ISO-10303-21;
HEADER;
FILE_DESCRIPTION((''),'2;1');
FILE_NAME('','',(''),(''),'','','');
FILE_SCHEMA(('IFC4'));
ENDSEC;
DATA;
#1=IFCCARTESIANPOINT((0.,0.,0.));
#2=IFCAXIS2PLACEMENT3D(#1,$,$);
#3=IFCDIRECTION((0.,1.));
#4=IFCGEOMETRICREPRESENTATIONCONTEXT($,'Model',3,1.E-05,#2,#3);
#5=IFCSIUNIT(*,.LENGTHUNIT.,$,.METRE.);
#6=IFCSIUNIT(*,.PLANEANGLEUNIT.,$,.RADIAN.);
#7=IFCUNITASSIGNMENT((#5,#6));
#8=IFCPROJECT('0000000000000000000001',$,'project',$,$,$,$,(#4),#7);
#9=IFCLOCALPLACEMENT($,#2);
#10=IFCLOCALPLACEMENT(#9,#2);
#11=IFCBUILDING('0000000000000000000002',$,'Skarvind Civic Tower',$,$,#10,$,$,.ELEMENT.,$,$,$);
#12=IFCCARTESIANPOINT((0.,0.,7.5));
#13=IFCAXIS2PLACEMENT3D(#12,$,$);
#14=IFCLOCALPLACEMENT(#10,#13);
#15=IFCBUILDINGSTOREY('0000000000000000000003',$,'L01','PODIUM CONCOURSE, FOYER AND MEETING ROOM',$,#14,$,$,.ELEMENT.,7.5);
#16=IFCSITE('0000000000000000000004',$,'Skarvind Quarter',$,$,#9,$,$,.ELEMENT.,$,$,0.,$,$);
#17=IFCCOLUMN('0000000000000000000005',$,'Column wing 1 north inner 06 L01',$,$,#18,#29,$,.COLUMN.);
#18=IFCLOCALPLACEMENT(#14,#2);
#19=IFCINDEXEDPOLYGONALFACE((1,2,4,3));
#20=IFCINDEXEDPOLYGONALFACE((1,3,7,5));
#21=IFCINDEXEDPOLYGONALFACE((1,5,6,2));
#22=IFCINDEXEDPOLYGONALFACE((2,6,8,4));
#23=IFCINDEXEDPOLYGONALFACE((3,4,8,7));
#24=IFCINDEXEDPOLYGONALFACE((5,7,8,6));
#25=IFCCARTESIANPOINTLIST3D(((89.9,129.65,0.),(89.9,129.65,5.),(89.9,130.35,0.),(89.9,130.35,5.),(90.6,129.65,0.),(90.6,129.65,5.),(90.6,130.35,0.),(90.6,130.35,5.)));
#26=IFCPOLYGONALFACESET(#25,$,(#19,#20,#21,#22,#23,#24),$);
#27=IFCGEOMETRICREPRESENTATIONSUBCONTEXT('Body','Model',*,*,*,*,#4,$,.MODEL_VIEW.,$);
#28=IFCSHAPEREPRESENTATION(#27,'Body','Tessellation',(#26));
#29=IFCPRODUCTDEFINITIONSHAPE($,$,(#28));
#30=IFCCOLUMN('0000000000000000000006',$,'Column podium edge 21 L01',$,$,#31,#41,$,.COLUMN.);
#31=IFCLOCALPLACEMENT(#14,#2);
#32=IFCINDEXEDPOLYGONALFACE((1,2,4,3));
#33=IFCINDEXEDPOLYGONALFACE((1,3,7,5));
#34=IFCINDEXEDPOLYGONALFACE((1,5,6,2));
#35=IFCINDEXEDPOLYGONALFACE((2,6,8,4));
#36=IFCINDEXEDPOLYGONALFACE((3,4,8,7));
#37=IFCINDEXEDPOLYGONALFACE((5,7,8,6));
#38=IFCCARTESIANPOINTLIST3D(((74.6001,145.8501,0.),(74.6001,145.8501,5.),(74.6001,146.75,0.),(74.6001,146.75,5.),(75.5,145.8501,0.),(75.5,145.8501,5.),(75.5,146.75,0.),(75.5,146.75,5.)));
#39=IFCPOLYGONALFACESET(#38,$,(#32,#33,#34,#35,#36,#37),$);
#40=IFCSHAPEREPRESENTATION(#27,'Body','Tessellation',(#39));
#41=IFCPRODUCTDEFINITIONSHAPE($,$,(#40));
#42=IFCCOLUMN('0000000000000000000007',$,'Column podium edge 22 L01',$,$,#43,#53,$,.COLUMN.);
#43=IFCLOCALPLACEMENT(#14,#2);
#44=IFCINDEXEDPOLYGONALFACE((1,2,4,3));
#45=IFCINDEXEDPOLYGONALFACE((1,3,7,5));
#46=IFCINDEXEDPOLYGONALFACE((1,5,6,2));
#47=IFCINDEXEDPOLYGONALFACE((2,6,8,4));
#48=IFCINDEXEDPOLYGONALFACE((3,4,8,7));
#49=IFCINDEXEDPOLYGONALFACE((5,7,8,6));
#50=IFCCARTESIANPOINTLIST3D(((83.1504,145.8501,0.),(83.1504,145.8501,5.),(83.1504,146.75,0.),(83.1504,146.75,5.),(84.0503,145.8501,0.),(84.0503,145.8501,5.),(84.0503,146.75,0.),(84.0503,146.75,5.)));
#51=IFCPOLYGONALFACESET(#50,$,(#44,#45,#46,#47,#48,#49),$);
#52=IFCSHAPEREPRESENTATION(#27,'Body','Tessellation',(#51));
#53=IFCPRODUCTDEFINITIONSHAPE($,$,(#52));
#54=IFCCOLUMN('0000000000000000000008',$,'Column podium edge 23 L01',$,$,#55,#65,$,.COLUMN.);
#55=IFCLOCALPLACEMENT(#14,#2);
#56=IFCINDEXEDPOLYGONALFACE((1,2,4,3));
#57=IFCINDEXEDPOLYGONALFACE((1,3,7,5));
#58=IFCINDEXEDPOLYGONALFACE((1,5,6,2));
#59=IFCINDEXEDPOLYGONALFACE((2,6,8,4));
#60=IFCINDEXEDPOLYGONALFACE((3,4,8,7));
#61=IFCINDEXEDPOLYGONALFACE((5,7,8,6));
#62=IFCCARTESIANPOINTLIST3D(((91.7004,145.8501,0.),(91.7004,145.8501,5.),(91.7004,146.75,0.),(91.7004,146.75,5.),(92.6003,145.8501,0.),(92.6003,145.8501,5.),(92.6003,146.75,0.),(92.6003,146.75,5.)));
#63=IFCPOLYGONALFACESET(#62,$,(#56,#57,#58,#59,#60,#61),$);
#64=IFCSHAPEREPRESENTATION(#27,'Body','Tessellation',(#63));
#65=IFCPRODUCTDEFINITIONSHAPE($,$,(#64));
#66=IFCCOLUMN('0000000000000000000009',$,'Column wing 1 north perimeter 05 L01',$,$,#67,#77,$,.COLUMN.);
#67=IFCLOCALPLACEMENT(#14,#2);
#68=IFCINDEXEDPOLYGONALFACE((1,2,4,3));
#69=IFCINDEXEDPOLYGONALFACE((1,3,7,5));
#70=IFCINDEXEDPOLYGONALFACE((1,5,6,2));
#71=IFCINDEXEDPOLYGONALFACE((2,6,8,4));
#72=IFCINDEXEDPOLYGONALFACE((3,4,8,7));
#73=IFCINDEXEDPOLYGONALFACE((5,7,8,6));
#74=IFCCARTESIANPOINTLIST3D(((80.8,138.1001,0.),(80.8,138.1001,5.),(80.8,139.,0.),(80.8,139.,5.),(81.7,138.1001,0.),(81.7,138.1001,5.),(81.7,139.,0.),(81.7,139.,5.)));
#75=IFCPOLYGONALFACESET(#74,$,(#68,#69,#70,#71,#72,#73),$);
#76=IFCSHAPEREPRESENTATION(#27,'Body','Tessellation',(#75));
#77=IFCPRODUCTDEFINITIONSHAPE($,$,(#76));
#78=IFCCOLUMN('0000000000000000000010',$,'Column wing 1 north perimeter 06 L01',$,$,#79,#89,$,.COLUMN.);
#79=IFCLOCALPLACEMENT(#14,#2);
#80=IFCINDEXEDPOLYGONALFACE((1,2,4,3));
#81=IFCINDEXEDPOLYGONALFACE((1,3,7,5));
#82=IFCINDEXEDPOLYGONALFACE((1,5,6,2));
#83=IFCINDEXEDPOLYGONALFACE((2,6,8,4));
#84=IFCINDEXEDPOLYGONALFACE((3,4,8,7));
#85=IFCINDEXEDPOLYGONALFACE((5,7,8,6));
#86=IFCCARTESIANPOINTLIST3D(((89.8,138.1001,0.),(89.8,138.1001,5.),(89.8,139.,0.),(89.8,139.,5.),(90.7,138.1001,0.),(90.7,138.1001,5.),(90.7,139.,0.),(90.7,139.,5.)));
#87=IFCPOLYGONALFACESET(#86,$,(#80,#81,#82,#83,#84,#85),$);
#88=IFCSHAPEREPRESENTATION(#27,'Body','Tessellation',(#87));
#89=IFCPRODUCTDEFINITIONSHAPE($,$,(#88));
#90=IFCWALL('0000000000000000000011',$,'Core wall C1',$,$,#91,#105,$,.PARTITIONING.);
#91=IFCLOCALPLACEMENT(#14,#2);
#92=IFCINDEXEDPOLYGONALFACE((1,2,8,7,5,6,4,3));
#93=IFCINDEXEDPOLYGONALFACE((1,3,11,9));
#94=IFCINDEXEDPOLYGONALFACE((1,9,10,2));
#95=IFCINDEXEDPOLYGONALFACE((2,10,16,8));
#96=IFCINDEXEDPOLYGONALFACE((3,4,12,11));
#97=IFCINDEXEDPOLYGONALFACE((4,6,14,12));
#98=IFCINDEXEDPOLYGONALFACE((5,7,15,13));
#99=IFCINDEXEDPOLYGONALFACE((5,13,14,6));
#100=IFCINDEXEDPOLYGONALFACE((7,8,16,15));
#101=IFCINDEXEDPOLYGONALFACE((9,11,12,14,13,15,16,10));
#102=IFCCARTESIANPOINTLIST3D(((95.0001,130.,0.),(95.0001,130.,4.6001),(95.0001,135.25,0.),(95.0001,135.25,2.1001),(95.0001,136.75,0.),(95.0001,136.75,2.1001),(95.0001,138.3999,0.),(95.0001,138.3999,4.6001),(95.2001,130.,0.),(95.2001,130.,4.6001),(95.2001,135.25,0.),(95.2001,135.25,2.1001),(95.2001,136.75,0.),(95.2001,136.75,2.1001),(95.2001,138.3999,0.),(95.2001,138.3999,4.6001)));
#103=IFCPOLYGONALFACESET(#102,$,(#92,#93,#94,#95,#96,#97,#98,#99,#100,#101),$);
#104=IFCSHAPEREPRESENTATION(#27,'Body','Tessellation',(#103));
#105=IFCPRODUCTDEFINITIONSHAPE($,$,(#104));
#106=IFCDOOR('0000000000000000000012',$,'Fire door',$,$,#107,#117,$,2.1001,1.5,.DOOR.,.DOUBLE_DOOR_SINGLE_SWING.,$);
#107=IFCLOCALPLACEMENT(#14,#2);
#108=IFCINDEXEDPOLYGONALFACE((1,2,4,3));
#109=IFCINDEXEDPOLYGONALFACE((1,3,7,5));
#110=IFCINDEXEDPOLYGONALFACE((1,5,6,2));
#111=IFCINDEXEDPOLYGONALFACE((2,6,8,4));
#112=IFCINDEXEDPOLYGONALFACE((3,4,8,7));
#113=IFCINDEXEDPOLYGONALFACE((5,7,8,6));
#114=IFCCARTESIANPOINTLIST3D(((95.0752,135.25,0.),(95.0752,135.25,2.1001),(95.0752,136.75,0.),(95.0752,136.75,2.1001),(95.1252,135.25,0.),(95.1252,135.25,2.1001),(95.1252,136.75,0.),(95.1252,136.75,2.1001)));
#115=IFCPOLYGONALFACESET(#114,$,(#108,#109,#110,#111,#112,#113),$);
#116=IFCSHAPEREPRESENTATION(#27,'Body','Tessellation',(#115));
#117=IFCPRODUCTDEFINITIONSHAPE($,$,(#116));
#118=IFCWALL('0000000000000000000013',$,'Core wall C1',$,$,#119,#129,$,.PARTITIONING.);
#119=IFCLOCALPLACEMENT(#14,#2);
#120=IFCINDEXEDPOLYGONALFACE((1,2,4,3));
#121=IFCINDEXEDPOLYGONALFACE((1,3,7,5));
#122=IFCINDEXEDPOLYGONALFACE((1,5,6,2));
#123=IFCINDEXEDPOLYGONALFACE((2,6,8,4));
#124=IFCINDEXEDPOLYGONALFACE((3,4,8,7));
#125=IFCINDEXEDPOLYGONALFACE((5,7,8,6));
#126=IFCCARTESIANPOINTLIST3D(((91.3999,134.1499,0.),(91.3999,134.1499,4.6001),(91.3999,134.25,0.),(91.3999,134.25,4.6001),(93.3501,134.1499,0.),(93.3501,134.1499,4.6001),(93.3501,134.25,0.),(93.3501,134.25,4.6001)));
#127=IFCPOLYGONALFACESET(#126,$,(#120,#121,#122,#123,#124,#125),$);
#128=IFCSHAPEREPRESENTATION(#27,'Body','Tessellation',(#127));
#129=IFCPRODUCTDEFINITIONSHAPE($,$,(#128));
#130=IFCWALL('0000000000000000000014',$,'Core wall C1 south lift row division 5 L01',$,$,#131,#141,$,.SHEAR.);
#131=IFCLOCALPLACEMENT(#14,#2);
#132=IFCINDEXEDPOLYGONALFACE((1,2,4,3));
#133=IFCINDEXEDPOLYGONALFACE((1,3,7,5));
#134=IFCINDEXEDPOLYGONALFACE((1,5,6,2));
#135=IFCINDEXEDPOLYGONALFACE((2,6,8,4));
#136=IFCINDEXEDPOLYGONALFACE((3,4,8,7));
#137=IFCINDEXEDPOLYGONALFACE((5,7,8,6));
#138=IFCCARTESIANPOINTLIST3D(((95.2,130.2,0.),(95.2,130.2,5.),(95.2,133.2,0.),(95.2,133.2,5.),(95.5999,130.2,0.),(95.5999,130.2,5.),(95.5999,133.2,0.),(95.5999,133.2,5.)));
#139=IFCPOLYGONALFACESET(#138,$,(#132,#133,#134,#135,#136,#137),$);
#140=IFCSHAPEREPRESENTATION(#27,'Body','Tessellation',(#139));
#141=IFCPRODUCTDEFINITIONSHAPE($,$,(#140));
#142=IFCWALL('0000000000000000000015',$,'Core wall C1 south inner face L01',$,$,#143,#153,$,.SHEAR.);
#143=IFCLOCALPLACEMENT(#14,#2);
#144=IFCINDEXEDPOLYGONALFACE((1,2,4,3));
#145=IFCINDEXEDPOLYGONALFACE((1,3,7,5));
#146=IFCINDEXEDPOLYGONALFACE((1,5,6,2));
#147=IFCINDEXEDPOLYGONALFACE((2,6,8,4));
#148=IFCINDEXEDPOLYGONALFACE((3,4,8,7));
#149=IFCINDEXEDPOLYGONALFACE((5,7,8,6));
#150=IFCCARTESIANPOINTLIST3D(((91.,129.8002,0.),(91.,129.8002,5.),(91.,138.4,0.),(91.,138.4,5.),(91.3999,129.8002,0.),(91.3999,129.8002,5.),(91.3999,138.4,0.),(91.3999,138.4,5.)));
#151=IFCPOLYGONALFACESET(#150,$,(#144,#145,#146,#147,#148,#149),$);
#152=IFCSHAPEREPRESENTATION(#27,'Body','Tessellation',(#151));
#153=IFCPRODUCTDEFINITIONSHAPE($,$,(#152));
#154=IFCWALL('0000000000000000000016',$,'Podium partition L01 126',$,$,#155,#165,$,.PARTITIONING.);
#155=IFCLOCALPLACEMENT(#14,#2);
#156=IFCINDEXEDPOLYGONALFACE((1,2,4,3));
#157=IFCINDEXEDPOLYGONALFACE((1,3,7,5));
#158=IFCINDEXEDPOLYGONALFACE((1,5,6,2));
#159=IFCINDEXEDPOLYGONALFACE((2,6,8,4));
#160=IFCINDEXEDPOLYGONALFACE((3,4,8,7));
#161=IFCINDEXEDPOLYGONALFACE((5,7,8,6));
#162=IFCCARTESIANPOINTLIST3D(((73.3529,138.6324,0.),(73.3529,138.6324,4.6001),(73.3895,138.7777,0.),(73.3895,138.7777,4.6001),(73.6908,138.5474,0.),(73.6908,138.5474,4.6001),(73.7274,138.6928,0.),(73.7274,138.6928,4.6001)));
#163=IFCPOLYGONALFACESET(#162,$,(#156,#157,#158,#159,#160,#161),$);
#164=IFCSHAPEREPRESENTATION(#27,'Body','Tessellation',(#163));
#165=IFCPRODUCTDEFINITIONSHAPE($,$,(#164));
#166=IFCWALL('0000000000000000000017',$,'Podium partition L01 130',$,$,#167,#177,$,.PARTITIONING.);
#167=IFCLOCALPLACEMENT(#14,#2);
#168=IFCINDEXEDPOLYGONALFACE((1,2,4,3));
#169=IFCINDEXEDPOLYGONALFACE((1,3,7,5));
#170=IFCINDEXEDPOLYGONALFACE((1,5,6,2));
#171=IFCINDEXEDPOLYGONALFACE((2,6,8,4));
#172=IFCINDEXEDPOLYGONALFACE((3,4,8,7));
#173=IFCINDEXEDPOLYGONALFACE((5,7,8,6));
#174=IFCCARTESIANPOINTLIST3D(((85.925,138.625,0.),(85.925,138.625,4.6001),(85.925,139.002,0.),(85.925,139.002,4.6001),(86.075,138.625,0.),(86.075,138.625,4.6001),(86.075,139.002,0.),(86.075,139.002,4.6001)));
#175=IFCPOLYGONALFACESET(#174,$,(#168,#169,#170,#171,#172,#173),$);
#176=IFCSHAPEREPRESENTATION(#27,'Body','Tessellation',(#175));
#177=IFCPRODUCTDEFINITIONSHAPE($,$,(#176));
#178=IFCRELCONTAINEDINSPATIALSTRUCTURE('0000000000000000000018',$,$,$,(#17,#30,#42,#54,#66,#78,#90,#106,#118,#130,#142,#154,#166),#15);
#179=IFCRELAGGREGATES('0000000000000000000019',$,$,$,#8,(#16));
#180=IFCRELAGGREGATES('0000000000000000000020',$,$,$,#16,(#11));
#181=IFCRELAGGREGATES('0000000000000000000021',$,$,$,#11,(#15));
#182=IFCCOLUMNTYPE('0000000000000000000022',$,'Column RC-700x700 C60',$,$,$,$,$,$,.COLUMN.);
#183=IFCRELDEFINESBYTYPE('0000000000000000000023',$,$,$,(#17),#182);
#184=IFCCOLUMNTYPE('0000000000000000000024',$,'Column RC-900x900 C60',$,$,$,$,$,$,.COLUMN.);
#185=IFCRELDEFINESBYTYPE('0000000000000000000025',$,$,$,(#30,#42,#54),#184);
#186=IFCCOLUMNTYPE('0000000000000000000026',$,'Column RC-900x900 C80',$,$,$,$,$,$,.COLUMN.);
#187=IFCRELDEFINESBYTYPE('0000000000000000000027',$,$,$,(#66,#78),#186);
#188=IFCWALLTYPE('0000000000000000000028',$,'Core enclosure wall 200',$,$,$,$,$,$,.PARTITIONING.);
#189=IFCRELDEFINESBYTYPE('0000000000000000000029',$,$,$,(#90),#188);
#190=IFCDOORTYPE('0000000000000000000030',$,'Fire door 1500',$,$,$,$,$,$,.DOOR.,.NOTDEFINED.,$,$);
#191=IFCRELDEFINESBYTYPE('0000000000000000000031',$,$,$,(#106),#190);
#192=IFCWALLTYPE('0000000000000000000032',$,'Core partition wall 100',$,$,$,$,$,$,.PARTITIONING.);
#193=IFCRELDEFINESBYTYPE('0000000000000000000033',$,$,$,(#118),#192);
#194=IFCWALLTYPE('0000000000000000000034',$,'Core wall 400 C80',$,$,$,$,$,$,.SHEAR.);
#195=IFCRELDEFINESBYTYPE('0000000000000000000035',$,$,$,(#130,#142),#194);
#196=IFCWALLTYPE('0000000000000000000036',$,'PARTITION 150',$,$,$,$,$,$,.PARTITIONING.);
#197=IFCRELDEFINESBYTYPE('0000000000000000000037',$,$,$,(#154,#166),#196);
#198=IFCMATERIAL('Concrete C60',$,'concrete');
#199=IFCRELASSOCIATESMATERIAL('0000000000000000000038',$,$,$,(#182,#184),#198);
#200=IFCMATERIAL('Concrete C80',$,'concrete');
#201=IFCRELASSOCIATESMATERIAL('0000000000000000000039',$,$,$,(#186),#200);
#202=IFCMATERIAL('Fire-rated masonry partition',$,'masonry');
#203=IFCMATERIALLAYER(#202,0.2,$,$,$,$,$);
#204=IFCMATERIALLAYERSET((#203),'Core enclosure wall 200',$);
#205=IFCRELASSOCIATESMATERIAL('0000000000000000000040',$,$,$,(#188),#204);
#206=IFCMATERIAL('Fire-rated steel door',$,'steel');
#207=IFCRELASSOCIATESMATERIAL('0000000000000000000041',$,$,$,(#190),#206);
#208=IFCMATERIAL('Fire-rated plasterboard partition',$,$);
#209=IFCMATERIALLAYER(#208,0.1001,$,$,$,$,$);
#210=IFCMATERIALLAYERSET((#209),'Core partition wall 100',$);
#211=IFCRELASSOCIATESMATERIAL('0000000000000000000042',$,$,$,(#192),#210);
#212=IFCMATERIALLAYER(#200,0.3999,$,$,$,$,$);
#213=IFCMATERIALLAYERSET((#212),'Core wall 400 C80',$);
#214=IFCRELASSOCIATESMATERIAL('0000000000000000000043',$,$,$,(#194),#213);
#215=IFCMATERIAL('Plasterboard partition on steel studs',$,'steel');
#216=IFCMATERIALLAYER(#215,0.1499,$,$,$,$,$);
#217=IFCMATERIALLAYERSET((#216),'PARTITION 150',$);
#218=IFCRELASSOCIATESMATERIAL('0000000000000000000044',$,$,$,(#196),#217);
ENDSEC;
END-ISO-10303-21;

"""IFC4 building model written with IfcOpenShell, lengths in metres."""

from ifc_helpers import new_model, si_unit, direction, frame, frame_2d, origin, origin_2d, place, context, subcontext, project, spatial, rectangle, extrude, material, layer, layer_set, material_profile, profile_set, type_object, element, fill, save


model = new_model("IFC4")

# Units and contexts
model_context = context("Model", 3, precision=1e-05, world=origin(), true_north=direction((0.0, 1.0)))
body_context = subcontext(model_context, "Body", "Model", "MODEL_VIEW")
ifc_project = project(units=[si_unit("LENGTHUNIT", "METRE"), si_unit("PLANEANGLEUNIT", "RADIAN")], contexts=[model_context])

# Site, building, storey
site_placement = place(None, origin())
site = spatial("IfcSite", under=ifc_project, at=site_placement, Name="Skarvind Quarter", CompositionType="ELEMENT", RefElevation=0.0)
building_placement = place(site_placement, origin())
building = spatial("IfcBuilding", under=site, at=building_placement, Name="Skarvind Civic Tower", CompositionType="ELEMENT")
storey_placement = place(building_placement, frame((0.0, 0.0, 7.5)))
storey = spatial("IfcBuildingStorey", under=building, at=storey_placement, Name="L01", Description="PODIUM CONCOURSE, FOYER AND MEETING ROOM", CompositionType="ELEMENT", Elevation=7.5)

# Columns
ifc_material_1 = material(Name="Concrete C60", Category="concrete")
ifc_material_profile_1 = material_profile(ifc_material_1, rectangle(XDim=0.7, YDim=0.7, at=origin_2d()), Name="RC-700x700")
ifc_profile_set_1 = profile_set([ifc_material_profile_1], Name="Concrete C60")
column_type_1 = type_object("IfcColumnType", Name="Column RC-700x700 C60", PredefinedType="COLUMN", material=ifc_profile_set_1)
column_placement = place(storey_placement, frame((90.25, 130.0, 0.0), z_axis=(0.0, 0.0, 1.0), x_axis=(1.0, 0.0, 0.0)))
element("IfcColumn", 1, at=column_placement, inside=storey, type_object=column_type_1, Name="Column wing 1 north inner 06 L01", PredefinedType="COLUMN", context=body_context, shape_type="SweptSolid", body=[
    extrude(rectangle(XDim=0.7, YDim=0.7, at=origin_2d()), origin(), (0.0, 0.0, 1.0), 5.0),
])
ifc_material_profile_2 = material_profile(ifc_material_1, rectangle(XDim=0.8999, YDim=0.8999, at=origin_2d()), Name="RC-900x900")
ifc_profile_set_2 = profile_set([ifc_material_profile_2], Name="Concrete C60")
column_type_2 = type_object("IfcColumnType", Name="Column RC-900x900 C60", PredefinedType="COLUMN", material=ifc_profile_set_2)
for number, where, z_axis, x_axis, name in (
    (2, (75.05, 146.3, 0.0), (0.0, 0.0, 1.0), (1.0, 0.0, 0.0), "Column podium edge 21 L01"),
    (3, (83.6003, 146.3, 0.0), (0.0, 0.0, 1.0), (1.0, 0.0, 0.0), "Column podium edge 22 L01"),
    (4, (92.1504, 146.3, 0.0), (0.0, 0.0, 1.0), (1.0, 0.0, 0.0), "Column podium edge 23 L01"),
):
    element("IfcColumn", number, at=place(storey_placement, frame(where, z_axis=z_axis, x_axis=x_axis)), inside=storey, type_object=column_type_2, Name=name, PredefinedType="COLUMN", context=body_context, shape_type="SweptSolid", body=[
        extrude(rectangle(XDim=0.8999, YDim=0.8999, at=origin_2d()), origin(), (0.0, 0.0, 1.0), 5.0),
    ])
ifc_material_2 = material(Name="Concrete C80", Category="concrete")
ifc_material_profile_3 = material_profile(ifc_material_2, rectangle(XDim=0.8999, YDim=0.8999, at=origin_2d()), Name="RC-900x900")
ifc_profile_set_3 = profile_set([ifc_material_profile_3], Name="Concrete C80")
column_type_3 = type_object("IfcColumnType", Name="Column RC-900x900 C80", PredefinedType="COLUMN", material=ifc_profile_set_3)
for number, where, z_axis, x_axis, name in (
    (5, (81.25, 138.55, 0.0), (0.0, 0.0, 1.0), (1.0, 0.0, 0.0), "Column wing 1 north perimeter 05 L01"),
    (6, (90.25, 138.55, 0.0), (0.0, 0.0, 1.0), (1.0, 0.0, 0.0), "Column wing 1 north perimeter 06 L01"),
):
    element("IfcColumn", number, at=place(storey_placement, frame(where, z_axis=z_axis, x_axis=x_axis)), inside=storey, type_object=column_type_3, Name=name, PredefinedType="COLUMN", context=body_context, shape_type="SweptSolid", body=[
        extrude(rectangle(XDim=0.8999, YDim=0.8999, at=origin_2d()), origin(), (0.0, 0.0, 1.0), 5.0),
    ])

# Wall, opening, door
ifc_material_3 = material(Name="Fire-rated masonry partition", Category="masonry")
ifc_layer_1 = layer(ifc_material_3, 0.2)
ifc_layer_set_1 = layer_set([ifc_layer_1], Name="Core enclosure wall 200")
wall_type_1 = type_object("IfcWallType", Name="Core enclosure wall 200", PredefinedType="PARTITIONING", material=ifc_layer_set_1)
wall_1_placement = place(storey_placement, frame((95.1001, 130.0, 0.0), z_axis=(0.0, 0.0, 1.0), x_axis=(0.0, 1.0, 0.0)))
wall_1 = element("IfcWall", 7, at=wall_1_placement, inside=storey, type_object=wall_type_1, Name="Core wall C1", PredefinedType="PARTITIONING", context=body_context, shape_type="SweptSolid", body=[
    extrude(rectangle(XDim=8.3999, YDim=0.2, at=frame_2d((4.2, 0.0))), origin(), (0.0, 0.0, 1.0), 4.6001),
])
opening_1_placement = place(wall_1_placement, frame((5.25, 0.0, 0.0)))
opening_1 = element("IfcOpeningElement", 8, at=opening_1_placement, cuts=wall_1, PredefinedType="OPENING", context=body_context, shape_type="SweptSolid", body=[
    extrude(rectangle(XDim=1.5, YDim=2.1001, at=frame_2d((0.75, 1.05))), frame((0.0, 0.1099, 0.0), z_axis=(0.0, -1.0, 0.0), x_axis=(1.0, 0.0, 0.0)), (0.0, 0.0, 1.0), 0.22),
])
ifc_material_4 = material(Name="Fire-rated steel door", Category="steel")
door_type_1 = type_object("IfcDoorType", Name="Fire door 1500", OperationType="NOTDEFINED", PredefinedType="DOOR", material=ifc_material_4)
door_1_placement = place(opening_1_placement, origin())
door_1 = element("IfcDoor", 9, at=door_1_placement, inside=storey, type_object=door_type_1, Name="Fire door", OperationType="DOUBLE_DOOR_SINGLE_SWING", OverallHeight=2.1001, OverallWidth=1.5, PredefinedType="DOOR", context=body_context, shape_type="SweptSolid", body=[
    extrude(rectangle(XDim=1.5, YDim=2.1001, at=frame_2d((0.75, 1.05))), frame((0.0, 0.0249, 0.0), z_axis=(0.0, -1.0, 0.0), x_axis=(1.0, 0.0, 0.0)), (0.0, 0.0, 1.0), 0.05),
])
fill(opening_1, door_1)

# Walls
ifc_material_5 = material(Name="Fire-rated plasterboard partition")
ifc_layer_2 = layer(ifc_material_5, 0.1001)
ifc_layer_set_2 = layer_set([ifc_layer_2], Name="Core partition wall 100")
wall_type_2 = type_object("IfcWallType", Name="Core partition wall 100", PredefinedType="PARTITIONING", material=ifc_layer_set_2)
wall_2_placement = place(storey_placement, frame((91.3999, 134.2, 0.0), z_axis=(0.0, 0.0, 1.0), x_axis=(1.0, 0.0, 0.0)))
element("IfcWall", 10, at=wall_2_placement, inside=storey, type_object=wall_type_2, Name="Core wall C1", PredefinedType="PARTITIONING", context=body_context, shape_type="SweptSolid", body=[
    extrude(rectangle(XDim=1.9502, YDim=0.1001, at=frame_2d((0.9751, 0.0))), origin(), (0.0, 0.0, 1.0), 4.6001),
])
ifc_layer_3 = layer(ifc_material_2, 0.3999)
ifc_layer_set_3 = layer_set([ifc_layer_3], Name="Core wall 400 C80")
wall_type_3 = type_object("IfcWallType", Name="Core wall 400 C80", PredefinedType="SHEAR", material=ifc_layer_set_3)
wall_3_placement = place(storey_placement, frame((95.3999, 133.2, 0.0), z_axis=(0.0, 0.0, 1.0), x_axis=(0.0, -1.0, 0.0)))
element("IfcWall", 11, at=wall_3_placement, inside=storey, type_object=wall_type_3, Name="Core wall C1 south lift row division 5 L01", PredefinedType="SHEAR", context=body_context, shape_type="SweptSolid", body=[
    extrude(rectangle(XDim=3.0, YDim=0.3999, at=frame_2d((1.5, 0.0))), origin(), (0.0, 0.0, 1.0), 5.0),
])
wall_4_placement = place(storey_placement, frame((91.2, 138.3999, 0.0), z_axis=(0.0, 0.0, 1.0), x_axis=(0.0, -1.0, 0.0)))
element("IfcWall", 12, at=wall_4_placement, inside=storey, type_object=wall_type_3, Name="Core wall C1 south inner face L01", PredefinedType="SHEAR", context=body_context, shape_type="SweptSolid", body=[
    extrude(rectangle(XDim=8.5999, YDim=0.3999, at=frame_2d((4.2998, 0.0))), origin(), (0.0, 0.0, 1.0), 5.0),
])
ifc_material_6 = material(Name="Plasterboard partition on steel studs", Category="steel")
ifc_layer_4 = layer(ifc_material_6, 0.1499)
ifc_layer_set_4 = layer_set([ifc_layer_4], Name="PARTITION 150")
wall_type_4 = type_object("IfcWallType", Name="PARTITION 150", PredefinedType="PARTITIONING", material=ifc_layer_set_4)
wall_5_placement = place(storey_placement, frame((73.3711, 138.7051, 0.0), z_axis=(0.0, 0.0, 1.0), x_axis=(0.969812, -0.243854, 0.0)))
element("IfcWall", 13, at=wall_5_placement, inside=storey, type_object=wall_type_4, Name="Podium partition L01 126", PredefinedType="PARTITIONING", context=body_context, shape_type="SweptSolid", body=[
    extrude(rectangle(XDim=0.3484, YDim=0.1499, at=frame_2d((0.1743, 0.0))), origin(), (0.0, 0.0, 1.0), 4.6001),
])
wall_6_placement = place(storey_placement, frame((86.0, 138.625, 0.0), z_axis=(0.0, 0.0, 1.0), x_axis=(0.0, 1.0, 0.0)))
element("IfcWall", 14, at=wall_6_placement, inside=storey, type_object=wall_type_4, Name="Podium partition L01 130", PredefinedType="PARTITIONING", context=body_context, shape_type="SweptSolid", body=[
    extrude(rectangle(XDim=0.377, YDim=0.1499, at=frame_2d((0.1885, 0.0))), origin(), (0.0, 0.0, 1.0), 4.6001),
])

save(model, "model.ifc")
